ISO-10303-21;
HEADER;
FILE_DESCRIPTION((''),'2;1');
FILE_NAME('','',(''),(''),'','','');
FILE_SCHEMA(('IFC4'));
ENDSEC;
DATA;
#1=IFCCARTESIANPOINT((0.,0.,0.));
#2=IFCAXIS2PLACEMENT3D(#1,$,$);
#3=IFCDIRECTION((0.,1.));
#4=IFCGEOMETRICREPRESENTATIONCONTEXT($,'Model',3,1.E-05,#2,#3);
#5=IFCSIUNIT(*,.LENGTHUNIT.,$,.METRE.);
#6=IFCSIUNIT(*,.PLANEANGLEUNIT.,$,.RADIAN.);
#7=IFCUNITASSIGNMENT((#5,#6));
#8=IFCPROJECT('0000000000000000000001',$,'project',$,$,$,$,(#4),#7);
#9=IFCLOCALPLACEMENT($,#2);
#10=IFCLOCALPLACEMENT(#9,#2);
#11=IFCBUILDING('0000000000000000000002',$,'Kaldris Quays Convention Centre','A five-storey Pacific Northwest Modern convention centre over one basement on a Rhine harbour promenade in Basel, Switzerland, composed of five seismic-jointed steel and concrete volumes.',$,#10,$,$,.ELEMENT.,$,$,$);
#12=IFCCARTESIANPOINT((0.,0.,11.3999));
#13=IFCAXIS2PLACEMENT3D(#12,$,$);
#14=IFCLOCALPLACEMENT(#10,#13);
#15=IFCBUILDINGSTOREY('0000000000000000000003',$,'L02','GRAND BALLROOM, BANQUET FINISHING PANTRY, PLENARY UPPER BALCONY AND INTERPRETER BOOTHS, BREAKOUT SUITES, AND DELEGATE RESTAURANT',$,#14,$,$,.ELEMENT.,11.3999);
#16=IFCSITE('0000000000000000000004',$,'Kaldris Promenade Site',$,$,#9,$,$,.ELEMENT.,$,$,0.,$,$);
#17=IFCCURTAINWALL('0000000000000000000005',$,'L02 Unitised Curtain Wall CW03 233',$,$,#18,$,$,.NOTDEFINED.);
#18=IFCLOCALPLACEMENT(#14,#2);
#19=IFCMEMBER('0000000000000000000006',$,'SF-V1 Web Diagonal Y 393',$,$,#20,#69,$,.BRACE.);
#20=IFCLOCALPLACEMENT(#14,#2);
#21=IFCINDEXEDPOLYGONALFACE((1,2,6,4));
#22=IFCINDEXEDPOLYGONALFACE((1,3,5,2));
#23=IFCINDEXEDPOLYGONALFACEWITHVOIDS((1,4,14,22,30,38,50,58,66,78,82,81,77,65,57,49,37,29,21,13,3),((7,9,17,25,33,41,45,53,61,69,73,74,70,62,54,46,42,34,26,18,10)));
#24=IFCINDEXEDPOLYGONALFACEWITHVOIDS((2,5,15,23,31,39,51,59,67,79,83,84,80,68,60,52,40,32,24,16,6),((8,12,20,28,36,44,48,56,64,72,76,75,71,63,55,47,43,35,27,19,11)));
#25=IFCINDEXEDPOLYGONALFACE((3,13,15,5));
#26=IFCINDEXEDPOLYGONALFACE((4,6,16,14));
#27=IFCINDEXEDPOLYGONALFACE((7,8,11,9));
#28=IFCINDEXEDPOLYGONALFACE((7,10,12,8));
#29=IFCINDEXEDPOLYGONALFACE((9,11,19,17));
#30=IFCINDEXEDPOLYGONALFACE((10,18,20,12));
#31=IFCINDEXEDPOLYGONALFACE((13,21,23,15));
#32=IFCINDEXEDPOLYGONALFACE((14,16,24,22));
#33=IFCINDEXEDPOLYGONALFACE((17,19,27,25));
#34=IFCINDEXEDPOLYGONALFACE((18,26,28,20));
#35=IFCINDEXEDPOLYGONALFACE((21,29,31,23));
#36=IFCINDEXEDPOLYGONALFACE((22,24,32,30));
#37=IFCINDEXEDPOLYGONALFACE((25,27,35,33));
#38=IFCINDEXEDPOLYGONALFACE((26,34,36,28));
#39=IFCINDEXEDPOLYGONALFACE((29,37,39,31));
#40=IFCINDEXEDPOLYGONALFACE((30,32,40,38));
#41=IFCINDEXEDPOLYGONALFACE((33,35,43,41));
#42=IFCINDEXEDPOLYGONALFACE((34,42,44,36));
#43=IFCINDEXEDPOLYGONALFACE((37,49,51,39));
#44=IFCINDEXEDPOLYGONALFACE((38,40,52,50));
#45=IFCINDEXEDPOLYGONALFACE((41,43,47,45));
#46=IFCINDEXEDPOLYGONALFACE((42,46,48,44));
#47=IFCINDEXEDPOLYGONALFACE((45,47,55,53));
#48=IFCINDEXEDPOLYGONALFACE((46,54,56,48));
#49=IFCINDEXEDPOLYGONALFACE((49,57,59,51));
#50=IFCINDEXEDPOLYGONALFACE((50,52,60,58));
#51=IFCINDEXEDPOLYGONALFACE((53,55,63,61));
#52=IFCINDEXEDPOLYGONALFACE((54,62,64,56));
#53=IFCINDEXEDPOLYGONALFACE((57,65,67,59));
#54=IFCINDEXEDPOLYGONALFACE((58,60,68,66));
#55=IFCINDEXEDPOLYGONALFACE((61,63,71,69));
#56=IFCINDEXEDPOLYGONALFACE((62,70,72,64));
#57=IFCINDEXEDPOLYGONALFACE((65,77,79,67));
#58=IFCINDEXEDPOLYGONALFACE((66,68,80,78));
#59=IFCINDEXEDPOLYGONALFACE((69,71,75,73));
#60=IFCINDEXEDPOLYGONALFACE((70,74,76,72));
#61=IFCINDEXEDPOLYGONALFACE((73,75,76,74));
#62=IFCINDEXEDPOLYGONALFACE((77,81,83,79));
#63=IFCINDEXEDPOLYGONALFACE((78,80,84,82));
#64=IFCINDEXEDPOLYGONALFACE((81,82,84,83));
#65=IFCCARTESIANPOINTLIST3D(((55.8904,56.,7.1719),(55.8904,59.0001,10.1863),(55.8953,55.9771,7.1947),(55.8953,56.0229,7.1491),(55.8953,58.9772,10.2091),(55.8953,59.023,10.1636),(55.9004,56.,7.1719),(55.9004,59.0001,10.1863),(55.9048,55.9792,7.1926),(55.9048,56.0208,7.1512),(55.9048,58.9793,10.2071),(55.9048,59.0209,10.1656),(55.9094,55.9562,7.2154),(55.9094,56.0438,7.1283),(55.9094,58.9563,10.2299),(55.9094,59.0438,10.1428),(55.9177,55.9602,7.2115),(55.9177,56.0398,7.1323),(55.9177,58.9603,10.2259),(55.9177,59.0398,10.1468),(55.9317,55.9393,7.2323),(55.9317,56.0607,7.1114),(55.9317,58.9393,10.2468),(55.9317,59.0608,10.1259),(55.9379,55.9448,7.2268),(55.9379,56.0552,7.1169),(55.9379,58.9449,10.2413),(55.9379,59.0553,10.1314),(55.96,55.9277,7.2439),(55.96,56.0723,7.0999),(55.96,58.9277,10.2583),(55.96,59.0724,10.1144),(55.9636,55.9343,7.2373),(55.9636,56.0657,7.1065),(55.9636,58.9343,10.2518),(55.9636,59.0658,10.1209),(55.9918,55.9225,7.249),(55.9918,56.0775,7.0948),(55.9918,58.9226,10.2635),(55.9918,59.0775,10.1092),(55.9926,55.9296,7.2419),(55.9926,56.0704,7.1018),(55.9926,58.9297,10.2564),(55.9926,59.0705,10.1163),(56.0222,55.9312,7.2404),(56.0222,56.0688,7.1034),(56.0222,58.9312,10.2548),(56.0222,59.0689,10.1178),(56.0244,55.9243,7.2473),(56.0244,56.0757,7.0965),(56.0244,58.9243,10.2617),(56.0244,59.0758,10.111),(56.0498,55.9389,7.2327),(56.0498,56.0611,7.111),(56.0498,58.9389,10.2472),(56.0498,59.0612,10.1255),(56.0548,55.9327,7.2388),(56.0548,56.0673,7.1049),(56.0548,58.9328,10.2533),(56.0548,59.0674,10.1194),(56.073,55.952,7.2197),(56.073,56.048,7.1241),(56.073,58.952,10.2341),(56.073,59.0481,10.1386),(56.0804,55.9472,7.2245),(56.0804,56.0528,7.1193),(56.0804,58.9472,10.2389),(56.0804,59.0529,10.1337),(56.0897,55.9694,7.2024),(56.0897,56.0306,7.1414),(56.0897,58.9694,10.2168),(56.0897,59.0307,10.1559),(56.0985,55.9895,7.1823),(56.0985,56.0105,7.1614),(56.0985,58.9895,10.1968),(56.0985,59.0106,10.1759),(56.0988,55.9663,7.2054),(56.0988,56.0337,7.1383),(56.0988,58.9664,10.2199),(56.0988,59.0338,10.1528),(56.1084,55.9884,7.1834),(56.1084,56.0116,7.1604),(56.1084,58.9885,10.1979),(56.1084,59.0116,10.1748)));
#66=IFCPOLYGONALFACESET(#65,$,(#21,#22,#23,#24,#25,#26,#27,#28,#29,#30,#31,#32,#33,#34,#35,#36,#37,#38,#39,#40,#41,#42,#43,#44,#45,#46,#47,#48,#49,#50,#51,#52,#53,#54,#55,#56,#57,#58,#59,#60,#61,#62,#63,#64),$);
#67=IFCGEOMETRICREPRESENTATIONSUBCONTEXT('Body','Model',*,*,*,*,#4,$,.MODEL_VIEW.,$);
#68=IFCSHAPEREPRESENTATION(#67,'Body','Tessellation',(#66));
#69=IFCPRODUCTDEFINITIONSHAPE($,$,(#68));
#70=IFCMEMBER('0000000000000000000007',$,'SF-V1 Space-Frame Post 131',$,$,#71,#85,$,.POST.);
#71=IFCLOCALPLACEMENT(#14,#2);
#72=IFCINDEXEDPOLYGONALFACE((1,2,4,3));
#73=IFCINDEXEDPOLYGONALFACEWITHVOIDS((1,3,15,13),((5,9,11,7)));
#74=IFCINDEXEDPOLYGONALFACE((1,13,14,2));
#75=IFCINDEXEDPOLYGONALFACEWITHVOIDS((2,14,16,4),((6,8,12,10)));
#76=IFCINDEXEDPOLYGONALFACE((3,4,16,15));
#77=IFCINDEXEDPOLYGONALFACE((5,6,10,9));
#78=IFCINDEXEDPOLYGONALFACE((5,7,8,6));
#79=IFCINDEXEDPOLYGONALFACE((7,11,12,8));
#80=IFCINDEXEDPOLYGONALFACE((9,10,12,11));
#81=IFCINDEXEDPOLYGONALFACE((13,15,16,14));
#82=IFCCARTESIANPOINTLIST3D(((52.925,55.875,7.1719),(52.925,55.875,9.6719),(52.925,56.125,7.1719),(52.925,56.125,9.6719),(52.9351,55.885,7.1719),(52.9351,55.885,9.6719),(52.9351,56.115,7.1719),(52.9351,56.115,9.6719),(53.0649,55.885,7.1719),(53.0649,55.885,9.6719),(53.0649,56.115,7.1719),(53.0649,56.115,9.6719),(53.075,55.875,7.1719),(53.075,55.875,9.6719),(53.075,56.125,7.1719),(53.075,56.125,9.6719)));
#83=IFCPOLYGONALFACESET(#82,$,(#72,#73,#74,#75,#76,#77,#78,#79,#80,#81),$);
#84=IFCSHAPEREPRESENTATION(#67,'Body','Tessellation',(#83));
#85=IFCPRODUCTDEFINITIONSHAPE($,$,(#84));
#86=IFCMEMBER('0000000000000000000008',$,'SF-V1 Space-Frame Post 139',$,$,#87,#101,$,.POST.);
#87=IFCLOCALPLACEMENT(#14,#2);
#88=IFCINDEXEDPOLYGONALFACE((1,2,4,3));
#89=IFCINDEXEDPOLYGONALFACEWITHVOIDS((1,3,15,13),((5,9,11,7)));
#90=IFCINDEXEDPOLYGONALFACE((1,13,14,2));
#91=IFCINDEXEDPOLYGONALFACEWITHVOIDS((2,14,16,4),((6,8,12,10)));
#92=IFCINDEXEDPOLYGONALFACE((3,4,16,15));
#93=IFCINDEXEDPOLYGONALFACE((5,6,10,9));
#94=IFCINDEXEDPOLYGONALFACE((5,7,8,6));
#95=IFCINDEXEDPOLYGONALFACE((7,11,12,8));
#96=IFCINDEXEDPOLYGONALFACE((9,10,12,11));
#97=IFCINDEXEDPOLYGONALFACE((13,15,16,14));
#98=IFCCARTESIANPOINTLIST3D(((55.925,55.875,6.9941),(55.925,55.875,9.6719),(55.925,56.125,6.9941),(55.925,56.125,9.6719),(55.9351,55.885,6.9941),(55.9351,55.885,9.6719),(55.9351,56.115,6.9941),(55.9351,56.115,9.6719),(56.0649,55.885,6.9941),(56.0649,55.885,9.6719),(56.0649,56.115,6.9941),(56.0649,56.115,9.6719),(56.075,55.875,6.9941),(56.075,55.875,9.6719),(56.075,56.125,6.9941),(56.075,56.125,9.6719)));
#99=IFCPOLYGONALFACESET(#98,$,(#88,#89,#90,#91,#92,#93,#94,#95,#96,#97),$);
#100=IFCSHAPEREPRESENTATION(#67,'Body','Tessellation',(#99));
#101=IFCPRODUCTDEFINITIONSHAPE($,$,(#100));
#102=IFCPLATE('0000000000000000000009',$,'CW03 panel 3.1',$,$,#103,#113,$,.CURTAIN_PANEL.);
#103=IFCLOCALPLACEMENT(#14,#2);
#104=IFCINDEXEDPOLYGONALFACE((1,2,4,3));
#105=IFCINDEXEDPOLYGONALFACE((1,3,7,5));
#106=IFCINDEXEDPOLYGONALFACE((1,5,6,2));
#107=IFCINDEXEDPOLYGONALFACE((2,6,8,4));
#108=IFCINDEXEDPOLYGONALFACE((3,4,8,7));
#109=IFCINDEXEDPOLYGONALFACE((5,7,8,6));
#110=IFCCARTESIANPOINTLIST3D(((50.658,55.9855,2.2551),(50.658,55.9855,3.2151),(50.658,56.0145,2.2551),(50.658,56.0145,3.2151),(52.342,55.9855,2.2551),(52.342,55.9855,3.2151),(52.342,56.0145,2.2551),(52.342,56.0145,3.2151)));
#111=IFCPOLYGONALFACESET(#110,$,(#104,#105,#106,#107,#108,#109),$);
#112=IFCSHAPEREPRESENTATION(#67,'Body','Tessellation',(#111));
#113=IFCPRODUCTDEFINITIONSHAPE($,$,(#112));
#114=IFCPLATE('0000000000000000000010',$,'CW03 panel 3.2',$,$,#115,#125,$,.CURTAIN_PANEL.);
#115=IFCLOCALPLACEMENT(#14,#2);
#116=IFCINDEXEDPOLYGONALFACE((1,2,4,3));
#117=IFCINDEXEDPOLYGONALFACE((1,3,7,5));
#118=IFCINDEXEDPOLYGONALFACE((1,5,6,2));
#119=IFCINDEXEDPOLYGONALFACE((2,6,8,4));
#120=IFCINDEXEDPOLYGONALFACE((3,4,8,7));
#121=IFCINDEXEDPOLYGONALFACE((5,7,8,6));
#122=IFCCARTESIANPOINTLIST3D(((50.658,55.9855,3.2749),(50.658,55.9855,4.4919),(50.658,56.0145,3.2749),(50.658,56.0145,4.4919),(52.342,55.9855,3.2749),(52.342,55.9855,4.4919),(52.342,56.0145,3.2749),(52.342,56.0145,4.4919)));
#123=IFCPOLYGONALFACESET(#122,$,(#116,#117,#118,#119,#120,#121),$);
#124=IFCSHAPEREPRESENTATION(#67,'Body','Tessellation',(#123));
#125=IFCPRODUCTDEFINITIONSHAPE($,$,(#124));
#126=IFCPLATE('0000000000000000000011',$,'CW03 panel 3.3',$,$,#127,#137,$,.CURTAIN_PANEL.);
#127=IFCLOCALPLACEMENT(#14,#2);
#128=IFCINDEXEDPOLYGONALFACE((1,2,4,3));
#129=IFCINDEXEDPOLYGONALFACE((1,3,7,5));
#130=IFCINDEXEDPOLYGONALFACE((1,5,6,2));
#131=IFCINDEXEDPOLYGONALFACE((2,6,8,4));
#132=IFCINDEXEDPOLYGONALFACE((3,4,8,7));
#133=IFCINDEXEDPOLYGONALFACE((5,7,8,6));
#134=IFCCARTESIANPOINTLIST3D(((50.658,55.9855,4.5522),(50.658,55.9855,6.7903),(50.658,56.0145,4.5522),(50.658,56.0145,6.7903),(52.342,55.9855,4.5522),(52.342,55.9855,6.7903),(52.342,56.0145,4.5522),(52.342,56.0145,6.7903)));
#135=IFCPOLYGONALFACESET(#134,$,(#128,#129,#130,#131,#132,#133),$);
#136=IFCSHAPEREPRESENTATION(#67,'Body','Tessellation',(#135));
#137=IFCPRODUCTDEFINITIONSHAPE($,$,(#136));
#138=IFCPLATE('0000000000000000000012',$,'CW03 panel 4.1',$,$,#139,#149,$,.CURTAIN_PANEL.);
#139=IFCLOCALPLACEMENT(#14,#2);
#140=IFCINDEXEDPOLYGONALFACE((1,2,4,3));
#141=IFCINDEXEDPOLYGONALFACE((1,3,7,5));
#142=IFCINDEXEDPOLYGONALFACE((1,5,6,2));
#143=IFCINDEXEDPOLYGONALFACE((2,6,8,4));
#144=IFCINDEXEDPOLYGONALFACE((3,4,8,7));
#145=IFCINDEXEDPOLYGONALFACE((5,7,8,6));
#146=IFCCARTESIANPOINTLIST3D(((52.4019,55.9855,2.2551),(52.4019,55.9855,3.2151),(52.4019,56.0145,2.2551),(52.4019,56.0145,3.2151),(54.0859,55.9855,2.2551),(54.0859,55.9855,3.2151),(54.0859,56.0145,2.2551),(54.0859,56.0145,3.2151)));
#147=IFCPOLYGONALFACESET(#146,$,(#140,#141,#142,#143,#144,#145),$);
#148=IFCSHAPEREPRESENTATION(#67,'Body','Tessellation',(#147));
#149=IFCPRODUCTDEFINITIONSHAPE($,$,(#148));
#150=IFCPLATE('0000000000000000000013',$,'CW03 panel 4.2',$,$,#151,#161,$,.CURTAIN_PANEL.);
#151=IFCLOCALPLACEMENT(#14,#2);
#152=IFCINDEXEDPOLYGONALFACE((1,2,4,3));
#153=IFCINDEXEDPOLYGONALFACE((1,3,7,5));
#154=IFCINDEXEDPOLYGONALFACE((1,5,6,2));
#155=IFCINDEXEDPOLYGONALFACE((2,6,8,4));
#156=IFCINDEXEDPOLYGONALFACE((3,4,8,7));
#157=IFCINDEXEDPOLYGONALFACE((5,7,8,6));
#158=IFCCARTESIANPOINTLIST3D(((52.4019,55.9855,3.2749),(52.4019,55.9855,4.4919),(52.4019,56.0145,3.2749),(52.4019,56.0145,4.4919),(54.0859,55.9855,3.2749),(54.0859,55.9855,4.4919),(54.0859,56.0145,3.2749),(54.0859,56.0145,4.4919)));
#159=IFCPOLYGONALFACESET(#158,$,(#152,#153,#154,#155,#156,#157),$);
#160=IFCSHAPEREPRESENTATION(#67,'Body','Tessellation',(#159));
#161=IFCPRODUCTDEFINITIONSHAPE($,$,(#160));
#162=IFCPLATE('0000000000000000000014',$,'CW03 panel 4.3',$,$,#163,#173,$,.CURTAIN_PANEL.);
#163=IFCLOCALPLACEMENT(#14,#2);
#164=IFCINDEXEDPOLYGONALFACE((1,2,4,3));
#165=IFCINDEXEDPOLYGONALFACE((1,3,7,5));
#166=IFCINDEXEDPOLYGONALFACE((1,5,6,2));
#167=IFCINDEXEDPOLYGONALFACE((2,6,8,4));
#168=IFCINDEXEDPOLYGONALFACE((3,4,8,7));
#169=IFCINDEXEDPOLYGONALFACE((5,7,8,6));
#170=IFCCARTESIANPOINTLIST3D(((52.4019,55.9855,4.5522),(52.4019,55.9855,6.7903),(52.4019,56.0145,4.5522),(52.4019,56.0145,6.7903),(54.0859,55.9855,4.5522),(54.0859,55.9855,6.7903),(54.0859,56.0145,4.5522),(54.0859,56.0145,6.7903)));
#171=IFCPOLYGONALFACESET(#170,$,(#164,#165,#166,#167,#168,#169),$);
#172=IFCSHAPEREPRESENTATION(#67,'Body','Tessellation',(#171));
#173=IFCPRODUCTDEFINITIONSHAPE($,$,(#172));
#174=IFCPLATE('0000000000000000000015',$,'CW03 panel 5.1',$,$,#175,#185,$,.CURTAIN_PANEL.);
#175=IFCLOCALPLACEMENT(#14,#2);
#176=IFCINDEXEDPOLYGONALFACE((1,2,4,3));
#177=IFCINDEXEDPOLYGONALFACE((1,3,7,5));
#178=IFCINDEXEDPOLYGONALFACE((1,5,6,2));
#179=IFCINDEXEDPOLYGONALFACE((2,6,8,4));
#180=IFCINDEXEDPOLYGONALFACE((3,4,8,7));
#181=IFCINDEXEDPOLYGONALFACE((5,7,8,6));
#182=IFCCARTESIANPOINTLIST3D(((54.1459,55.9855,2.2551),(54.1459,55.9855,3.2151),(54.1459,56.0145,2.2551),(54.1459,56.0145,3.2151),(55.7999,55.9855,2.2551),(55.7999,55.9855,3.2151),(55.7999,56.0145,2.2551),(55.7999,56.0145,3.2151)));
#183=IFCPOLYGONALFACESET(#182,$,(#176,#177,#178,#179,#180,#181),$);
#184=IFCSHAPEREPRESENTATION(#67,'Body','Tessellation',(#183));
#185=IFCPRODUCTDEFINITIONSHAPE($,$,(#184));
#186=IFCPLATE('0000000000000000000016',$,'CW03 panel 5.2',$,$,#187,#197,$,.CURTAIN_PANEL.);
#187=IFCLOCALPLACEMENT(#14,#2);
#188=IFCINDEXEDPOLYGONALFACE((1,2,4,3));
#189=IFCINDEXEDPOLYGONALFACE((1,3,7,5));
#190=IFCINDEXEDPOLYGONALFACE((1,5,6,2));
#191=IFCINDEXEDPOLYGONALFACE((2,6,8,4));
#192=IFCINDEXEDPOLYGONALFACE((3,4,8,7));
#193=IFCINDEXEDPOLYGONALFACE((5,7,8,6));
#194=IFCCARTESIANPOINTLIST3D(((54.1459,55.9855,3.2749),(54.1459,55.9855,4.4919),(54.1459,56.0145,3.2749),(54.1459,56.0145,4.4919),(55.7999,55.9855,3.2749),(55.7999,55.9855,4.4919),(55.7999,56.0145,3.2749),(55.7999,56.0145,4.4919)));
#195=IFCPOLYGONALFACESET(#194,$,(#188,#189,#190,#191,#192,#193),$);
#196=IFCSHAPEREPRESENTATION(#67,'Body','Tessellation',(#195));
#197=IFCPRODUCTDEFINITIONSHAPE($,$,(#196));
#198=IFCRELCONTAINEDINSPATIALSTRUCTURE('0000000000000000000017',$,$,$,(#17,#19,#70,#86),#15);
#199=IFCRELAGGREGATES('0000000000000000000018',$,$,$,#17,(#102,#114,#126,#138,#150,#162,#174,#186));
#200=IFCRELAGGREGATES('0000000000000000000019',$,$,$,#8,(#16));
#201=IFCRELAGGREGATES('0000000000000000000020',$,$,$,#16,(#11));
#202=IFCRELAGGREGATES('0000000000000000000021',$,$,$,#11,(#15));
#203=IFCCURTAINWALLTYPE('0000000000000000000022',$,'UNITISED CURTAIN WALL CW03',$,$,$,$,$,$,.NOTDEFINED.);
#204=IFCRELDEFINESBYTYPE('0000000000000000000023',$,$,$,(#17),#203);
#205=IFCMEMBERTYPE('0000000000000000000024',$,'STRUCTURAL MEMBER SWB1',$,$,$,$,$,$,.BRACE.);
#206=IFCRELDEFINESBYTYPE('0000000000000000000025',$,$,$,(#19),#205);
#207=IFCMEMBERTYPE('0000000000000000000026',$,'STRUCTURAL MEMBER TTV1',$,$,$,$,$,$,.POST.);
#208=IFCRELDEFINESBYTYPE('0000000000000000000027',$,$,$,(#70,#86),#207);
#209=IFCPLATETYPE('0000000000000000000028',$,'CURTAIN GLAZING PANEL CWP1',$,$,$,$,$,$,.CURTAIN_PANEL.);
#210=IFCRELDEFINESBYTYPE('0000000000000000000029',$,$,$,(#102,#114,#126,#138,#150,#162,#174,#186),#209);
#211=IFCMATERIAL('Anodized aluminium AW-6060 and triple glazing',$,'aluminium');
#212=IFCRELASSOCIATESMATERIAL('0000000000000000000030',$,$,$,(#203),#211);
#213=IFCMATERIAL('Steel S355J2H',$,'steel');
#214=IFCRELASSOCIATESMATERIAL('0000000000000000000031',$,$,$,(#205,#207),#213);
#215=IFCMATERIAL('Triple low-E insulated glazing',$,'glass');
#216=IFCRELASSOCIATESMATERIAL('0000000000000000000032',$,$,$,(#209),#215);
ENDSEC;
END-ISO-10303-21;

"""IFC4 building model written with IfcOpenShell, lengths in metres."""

from ifc_helpers import new_model, si_unit, direction, frame, origin, origin_2d, place, context, subcontext, project, spatial, rectangle, hollow_rectangle, hollow_circle, extrude, material, material_profile, profile_set, type_object, element, aggregate, save


model = new_model("IFC4")

# Units and contexts
model_context = context("Model", 3, precision=1e-05, world=origin(), true_north=direction((0.0, 1.0)))
body_context = subcontext(model_context, "Body", "Model", "MODEL_VIEW")
ifc_project = project(units=[si_unit("LENGTHUNIT", "METRE"), si_unit("PLANEANGLEUNIT", "RADIAN")], contexts=[model_context])

# Site, building, storey
site_placement = place(None, origin())
site = spatial("IfcSite", under=ifc_project, at=site_placement, Name="Kaldris Promenade Site", CompositionType="ELEMENT", RefElevation=0.0)
building_placement = place(site_placement, origin())
building = spatial("IfcBuilding", under=site, at=building_placement, Name="Kaldris Quays Convention Centre", Description="A five-storey Pacific Northwest Modern convention centre over one basement on a Rhine harbour promenade in Basel, Switzerland, composed of five seismic-jointed steel and concrete volumes.", CompositionType="ELEMENT")
storey_placement = place(building_placement, frame((0.0, 0.0, 11.3999)))
storey = spatial("IfcBuildingStorey", under=building, at=storey_placement, Name="L02", Description="GRAND BALLROOM, BANQUET FINISHING PANTRY, PLENARY UPPER BALCONY AND INTERPRETER BOOTHS, BREAKOUT SUITES, AND DELEGATE RESTAURANT", CompositionType="ELEMENT", Elevation=11.3999)

# Curtain wall
ifc_material_1 = material(Name="Anodized aluminium AW-6060 and triple glazing", Category="aluminium")
curtain_wall_type = type_object("IfcCurtainWallType", Name="UNITISED CURTAIN WALL CW03", PredefinedType="NOTDEFINED", material=ifc_material_1)
curtain_wall_placement = place(storey_placement, origin())
curtain_wall = element("IfcCurtainWall", 1, at=curtain_wall_placement, inside=storey, type_object=curtain_wall_type, Name="L02 Unitised Curtain Wall CW03 233", PredefinedType="NOTDEFINED")

# Members
ifc_material_2 = material(Name="Steel S355J2H", Category="steel")
ifc_material_profile_1 = material_profile(ifc_material_2, hollow_circle(Radius=0.1096, WallThickness=0.01, at=origin_2d()), Name="CHS 219.1x10")
ifc_profile_set_1 = profile_set([ifc_material_profile_1], Name="Steel S355J2H")
member_type_1 = type_object("IfcMemberType", Name="STRUCTURAL MEMBER SWB1", PredefinedType="BRACE", material=ifc_profile_set_1)
member_1_placement = place(storey_placement, frame((56.0, 56.0, 7.1719), z_axis=(0.0, 0.705411, 0.708798), x_axis=(-1.0, 0.0, 0.0)))
element("IfcMember", 2, at=member_1_placement, inside=storey, type_object=member_type_1, Name="SF-V1 Web Diagonal Y 393", PredefinedType="BRACE", context=body_context, shape_type="SweptSolid", body=[
    extrude(hollow_circle(Radius=0.1096, WallThickness=0.01, at=origin_2d()), origin(), (0.0, 0.0, 1.0), 4.2529),
])
ifc_material_profile_2 = material_profile(ifc_material_2, hollow_rectangle(XDim=0.1499, YDim=0.25, WallThickness=0.01, at=origin_2d()), Name="RHS 250x150x10")
ifc_profile_set_2 = profile_set([ifc_material_profile_2], Name="Steel S355J2H")
member_type_2 = type_object("IfcMemberType", Name="STRUCTURAL MEMBER TTV1", PredefinedType="POST", material=ifc_profile_set_2)
member_2_placement = place(storey_placement, frame((53.0, 56.0, 7.1719), z_axis=(0.0, 0.0, 1.0), x_axis=(1.0, 0.0, 0.0)))
element("IfcMember", 3, at=member_2_placement, inside=storey, type_object=member_type_2, Name="SF-V1 Space-Frame Post 131", PredefinedType="POST", context=body_context, shape_type="SweptSolid", body=[
    extrude(hollow_rectangle(XDim=0.1499, YDim=0.25, WallThickness=0.01, at=origin_2d()), origin(), (0.0, 0.0, 1.0), 2.5),
])
member_3_placement = place(storey_placement, frame((56.0, 56.0, 6.9941), z_axis=(0.0, 0.0, 1.0), x_axis=(1.0, 0.0, 0.0)))
element("IfcMember", 4, at=member_3_placement, inside=storey, type_object=member_type_2, Name="SF-V1 Space-Frame Post 139", PredefinedType="POST", context=body_context, shape_type="SweptSolid", body=[
    extrude(hollow_rectangle(XDim=0.1499, YDim=0.25, WallThickness=0.01, at=origin_2d()), origin(), (0.0, 0.0, 1.0), 2.6777),
])

# Plates
ifc_material_3 = material(Name="Triple low-E insulated glazing", Category="glass")
plate_type = type_object("IfcPlateType", Name="CURTAIN GLAZING PANEL CWP1", PredefinedType="CURTAIN_PANEL", material=ifc_material_3)
plate_1_placement = place(storey_placement, frame((51.5, 56.0, 2.2551), z_axis=(0.0, 0.0, 1.0), x_axis=(1.0, 0.0, 0.0)))
plate_1 = element("IfcPlate", 5, at=plate_1_placement, type_object=plate_type, Name="CW03 panel 3.1", PredefinedType="CURTAIN_PANEL", context=body_context, shape_type="SweptSolid", body=[
    extrude(rectangle(XDim=1.6841, YDim=0.0291, at=origin_2d()), origin(), (0.0, 0.0, 1.0), 0.96),
])
plate_2_placement = place(storey_placement, frame((51.5, 56.0, 3.2749), z_axis=(0.0, 0.0, 1.0), x_axis=(1.0, 0.0, 0.0)))
plate_2 = element("IfcPlate", 6, at=plate_2_placement, type_object=plate_type, Name="CW03 panel 3.2", PredefinedType="CURTAIN_PANEL", context=body_context, shape_type="SweptSolid", body=[
    extrude(rectangle(XDim=1.6841, YDim=0.0291, at=origin_2d()), origin(), (0.0, 0.0, 1.0), 1.217),
])
plate_3_placement = place(storey_placement, frame((51.5, 56.0, 4.5522), z_axis=(0.0, 0.0, 1.0), x_axis=(1.0, 0.0, 0.0)))
plate_3 = element("IfcPlate", 7, at=plate_3_placement, type_object=plate_type, Name="CW03 panel 3.3", PredefinedType="CURTAIN_PANEL", context=body_context, shape_type="SweptSolid", body=[
    extrude(rectangle(XDim=1.6841, YDim=0.0291, at=origin_2d()), origin(), (0.0, 0.0, 1.0), 2.238),
])
plate_4_placement = place(storey_placement, frame((53.2439, 56.0, 2.2551), z_axis=(0.0, 0.0, 1.0), x_axis=(1.0, 0.0, 0.0)))
plate_4 = element("IfcPlate", 8, at=plate_4_placement, type_object=plate_type, Name="CW03 panel 4.1", PredefinedType="CURTAIN_PANEL", context=body_context, shape_type="SweptSolid", body=[
    extrude(rectangle(XDim=1.6841, YDim=0.0291, at=origin_2d()), origin(), (0.0, 0.0, 1.0), 0.96),
])
plate_5_placement = place(storey_placement, frame((53.2439, 56.0, 3.2749), z_axis=(0.0, 0.0, 1.0), x_axis=(1.0, 0.0, 0.0)))
plate_5 = element("IfcPlate", 9, at=plate_5_placement, type_object=plate_type, Name="CW03 panel 4.2", PredefinedType="CURTAIN_PANEL", context=body_context, shape_type="SweptSolid", body=[
    extrude(rectangle(XDim=1.6841, YDim=0.0291, at=origin_2d()), origin(), (0.0, 0.0, 1.0), 1.217),
])
plate_6_placement = place(storey_placement, frame((53.2439, 56.0, 4.5522), z_axis=(0.0, 0.0, 1.0), x_axis=(1.0, 0.0, 0.0)))
plate_6 = element("IfcPlate", 10, at=plate_6_placement, type_object=plate_type, Name="CW03 panel 4.3", PredefinedType="CURTAIN_PANEL", context=body_context, shape_type="SweptSolid", body=[
    extrude(rectangle(XDim=1.6841, YDim=0.0291, at=origin_2d()), origin(), (0.0, 0.0, 1.0), 2.238),
])
plate_7_placement = place(storey_placement, frame((54.9729, 56.0, 2.2551), z_axis=(0.0, 0.0, 1.0), x_axis=(1.0, 0.0, 0.0)))
plate_7 = element("IfcPlate", 11, at=plate_7_placement, type_object=plate_type, Name="CW03 panel 5.1", PredefinedType="CURTAIN_PANEL", context=body_context, shape_type="SweptSolid", body=[
    extrude(rectangle(XDim=1.6541, YDim=0.0291, at=origin_2d()), origin(), (0.0, 0.0, 1.0), 0.96),
])
plate_8_placement = place(storey_placement, frame((54.9729, 56.0, 3.2749), z_axis=(0.0, 0.0, 1.0), x_axis=(1.0, 0.0, 0.0)))
plate_8 = element("IfcPlate", 12, at=plate_8_placement, type_object=plate_type, Name="CW03 panel 5.2", PredefinedType="CURTAIN_PANEL", context=body_context, shape_type="SweptSolid", body=[
    extrude(rectangle(XDim=1.6541, YDim=0.0291, at=origin_2d()), origin(), (0.0, 0.0, 1.0), 1.217),
])
aggregate(curtain_wall, [plate_1, plate_2, plate_3, plate_4, plate_5, plate_6, plate_7, plate_8])

save(model, "model.ifc")
